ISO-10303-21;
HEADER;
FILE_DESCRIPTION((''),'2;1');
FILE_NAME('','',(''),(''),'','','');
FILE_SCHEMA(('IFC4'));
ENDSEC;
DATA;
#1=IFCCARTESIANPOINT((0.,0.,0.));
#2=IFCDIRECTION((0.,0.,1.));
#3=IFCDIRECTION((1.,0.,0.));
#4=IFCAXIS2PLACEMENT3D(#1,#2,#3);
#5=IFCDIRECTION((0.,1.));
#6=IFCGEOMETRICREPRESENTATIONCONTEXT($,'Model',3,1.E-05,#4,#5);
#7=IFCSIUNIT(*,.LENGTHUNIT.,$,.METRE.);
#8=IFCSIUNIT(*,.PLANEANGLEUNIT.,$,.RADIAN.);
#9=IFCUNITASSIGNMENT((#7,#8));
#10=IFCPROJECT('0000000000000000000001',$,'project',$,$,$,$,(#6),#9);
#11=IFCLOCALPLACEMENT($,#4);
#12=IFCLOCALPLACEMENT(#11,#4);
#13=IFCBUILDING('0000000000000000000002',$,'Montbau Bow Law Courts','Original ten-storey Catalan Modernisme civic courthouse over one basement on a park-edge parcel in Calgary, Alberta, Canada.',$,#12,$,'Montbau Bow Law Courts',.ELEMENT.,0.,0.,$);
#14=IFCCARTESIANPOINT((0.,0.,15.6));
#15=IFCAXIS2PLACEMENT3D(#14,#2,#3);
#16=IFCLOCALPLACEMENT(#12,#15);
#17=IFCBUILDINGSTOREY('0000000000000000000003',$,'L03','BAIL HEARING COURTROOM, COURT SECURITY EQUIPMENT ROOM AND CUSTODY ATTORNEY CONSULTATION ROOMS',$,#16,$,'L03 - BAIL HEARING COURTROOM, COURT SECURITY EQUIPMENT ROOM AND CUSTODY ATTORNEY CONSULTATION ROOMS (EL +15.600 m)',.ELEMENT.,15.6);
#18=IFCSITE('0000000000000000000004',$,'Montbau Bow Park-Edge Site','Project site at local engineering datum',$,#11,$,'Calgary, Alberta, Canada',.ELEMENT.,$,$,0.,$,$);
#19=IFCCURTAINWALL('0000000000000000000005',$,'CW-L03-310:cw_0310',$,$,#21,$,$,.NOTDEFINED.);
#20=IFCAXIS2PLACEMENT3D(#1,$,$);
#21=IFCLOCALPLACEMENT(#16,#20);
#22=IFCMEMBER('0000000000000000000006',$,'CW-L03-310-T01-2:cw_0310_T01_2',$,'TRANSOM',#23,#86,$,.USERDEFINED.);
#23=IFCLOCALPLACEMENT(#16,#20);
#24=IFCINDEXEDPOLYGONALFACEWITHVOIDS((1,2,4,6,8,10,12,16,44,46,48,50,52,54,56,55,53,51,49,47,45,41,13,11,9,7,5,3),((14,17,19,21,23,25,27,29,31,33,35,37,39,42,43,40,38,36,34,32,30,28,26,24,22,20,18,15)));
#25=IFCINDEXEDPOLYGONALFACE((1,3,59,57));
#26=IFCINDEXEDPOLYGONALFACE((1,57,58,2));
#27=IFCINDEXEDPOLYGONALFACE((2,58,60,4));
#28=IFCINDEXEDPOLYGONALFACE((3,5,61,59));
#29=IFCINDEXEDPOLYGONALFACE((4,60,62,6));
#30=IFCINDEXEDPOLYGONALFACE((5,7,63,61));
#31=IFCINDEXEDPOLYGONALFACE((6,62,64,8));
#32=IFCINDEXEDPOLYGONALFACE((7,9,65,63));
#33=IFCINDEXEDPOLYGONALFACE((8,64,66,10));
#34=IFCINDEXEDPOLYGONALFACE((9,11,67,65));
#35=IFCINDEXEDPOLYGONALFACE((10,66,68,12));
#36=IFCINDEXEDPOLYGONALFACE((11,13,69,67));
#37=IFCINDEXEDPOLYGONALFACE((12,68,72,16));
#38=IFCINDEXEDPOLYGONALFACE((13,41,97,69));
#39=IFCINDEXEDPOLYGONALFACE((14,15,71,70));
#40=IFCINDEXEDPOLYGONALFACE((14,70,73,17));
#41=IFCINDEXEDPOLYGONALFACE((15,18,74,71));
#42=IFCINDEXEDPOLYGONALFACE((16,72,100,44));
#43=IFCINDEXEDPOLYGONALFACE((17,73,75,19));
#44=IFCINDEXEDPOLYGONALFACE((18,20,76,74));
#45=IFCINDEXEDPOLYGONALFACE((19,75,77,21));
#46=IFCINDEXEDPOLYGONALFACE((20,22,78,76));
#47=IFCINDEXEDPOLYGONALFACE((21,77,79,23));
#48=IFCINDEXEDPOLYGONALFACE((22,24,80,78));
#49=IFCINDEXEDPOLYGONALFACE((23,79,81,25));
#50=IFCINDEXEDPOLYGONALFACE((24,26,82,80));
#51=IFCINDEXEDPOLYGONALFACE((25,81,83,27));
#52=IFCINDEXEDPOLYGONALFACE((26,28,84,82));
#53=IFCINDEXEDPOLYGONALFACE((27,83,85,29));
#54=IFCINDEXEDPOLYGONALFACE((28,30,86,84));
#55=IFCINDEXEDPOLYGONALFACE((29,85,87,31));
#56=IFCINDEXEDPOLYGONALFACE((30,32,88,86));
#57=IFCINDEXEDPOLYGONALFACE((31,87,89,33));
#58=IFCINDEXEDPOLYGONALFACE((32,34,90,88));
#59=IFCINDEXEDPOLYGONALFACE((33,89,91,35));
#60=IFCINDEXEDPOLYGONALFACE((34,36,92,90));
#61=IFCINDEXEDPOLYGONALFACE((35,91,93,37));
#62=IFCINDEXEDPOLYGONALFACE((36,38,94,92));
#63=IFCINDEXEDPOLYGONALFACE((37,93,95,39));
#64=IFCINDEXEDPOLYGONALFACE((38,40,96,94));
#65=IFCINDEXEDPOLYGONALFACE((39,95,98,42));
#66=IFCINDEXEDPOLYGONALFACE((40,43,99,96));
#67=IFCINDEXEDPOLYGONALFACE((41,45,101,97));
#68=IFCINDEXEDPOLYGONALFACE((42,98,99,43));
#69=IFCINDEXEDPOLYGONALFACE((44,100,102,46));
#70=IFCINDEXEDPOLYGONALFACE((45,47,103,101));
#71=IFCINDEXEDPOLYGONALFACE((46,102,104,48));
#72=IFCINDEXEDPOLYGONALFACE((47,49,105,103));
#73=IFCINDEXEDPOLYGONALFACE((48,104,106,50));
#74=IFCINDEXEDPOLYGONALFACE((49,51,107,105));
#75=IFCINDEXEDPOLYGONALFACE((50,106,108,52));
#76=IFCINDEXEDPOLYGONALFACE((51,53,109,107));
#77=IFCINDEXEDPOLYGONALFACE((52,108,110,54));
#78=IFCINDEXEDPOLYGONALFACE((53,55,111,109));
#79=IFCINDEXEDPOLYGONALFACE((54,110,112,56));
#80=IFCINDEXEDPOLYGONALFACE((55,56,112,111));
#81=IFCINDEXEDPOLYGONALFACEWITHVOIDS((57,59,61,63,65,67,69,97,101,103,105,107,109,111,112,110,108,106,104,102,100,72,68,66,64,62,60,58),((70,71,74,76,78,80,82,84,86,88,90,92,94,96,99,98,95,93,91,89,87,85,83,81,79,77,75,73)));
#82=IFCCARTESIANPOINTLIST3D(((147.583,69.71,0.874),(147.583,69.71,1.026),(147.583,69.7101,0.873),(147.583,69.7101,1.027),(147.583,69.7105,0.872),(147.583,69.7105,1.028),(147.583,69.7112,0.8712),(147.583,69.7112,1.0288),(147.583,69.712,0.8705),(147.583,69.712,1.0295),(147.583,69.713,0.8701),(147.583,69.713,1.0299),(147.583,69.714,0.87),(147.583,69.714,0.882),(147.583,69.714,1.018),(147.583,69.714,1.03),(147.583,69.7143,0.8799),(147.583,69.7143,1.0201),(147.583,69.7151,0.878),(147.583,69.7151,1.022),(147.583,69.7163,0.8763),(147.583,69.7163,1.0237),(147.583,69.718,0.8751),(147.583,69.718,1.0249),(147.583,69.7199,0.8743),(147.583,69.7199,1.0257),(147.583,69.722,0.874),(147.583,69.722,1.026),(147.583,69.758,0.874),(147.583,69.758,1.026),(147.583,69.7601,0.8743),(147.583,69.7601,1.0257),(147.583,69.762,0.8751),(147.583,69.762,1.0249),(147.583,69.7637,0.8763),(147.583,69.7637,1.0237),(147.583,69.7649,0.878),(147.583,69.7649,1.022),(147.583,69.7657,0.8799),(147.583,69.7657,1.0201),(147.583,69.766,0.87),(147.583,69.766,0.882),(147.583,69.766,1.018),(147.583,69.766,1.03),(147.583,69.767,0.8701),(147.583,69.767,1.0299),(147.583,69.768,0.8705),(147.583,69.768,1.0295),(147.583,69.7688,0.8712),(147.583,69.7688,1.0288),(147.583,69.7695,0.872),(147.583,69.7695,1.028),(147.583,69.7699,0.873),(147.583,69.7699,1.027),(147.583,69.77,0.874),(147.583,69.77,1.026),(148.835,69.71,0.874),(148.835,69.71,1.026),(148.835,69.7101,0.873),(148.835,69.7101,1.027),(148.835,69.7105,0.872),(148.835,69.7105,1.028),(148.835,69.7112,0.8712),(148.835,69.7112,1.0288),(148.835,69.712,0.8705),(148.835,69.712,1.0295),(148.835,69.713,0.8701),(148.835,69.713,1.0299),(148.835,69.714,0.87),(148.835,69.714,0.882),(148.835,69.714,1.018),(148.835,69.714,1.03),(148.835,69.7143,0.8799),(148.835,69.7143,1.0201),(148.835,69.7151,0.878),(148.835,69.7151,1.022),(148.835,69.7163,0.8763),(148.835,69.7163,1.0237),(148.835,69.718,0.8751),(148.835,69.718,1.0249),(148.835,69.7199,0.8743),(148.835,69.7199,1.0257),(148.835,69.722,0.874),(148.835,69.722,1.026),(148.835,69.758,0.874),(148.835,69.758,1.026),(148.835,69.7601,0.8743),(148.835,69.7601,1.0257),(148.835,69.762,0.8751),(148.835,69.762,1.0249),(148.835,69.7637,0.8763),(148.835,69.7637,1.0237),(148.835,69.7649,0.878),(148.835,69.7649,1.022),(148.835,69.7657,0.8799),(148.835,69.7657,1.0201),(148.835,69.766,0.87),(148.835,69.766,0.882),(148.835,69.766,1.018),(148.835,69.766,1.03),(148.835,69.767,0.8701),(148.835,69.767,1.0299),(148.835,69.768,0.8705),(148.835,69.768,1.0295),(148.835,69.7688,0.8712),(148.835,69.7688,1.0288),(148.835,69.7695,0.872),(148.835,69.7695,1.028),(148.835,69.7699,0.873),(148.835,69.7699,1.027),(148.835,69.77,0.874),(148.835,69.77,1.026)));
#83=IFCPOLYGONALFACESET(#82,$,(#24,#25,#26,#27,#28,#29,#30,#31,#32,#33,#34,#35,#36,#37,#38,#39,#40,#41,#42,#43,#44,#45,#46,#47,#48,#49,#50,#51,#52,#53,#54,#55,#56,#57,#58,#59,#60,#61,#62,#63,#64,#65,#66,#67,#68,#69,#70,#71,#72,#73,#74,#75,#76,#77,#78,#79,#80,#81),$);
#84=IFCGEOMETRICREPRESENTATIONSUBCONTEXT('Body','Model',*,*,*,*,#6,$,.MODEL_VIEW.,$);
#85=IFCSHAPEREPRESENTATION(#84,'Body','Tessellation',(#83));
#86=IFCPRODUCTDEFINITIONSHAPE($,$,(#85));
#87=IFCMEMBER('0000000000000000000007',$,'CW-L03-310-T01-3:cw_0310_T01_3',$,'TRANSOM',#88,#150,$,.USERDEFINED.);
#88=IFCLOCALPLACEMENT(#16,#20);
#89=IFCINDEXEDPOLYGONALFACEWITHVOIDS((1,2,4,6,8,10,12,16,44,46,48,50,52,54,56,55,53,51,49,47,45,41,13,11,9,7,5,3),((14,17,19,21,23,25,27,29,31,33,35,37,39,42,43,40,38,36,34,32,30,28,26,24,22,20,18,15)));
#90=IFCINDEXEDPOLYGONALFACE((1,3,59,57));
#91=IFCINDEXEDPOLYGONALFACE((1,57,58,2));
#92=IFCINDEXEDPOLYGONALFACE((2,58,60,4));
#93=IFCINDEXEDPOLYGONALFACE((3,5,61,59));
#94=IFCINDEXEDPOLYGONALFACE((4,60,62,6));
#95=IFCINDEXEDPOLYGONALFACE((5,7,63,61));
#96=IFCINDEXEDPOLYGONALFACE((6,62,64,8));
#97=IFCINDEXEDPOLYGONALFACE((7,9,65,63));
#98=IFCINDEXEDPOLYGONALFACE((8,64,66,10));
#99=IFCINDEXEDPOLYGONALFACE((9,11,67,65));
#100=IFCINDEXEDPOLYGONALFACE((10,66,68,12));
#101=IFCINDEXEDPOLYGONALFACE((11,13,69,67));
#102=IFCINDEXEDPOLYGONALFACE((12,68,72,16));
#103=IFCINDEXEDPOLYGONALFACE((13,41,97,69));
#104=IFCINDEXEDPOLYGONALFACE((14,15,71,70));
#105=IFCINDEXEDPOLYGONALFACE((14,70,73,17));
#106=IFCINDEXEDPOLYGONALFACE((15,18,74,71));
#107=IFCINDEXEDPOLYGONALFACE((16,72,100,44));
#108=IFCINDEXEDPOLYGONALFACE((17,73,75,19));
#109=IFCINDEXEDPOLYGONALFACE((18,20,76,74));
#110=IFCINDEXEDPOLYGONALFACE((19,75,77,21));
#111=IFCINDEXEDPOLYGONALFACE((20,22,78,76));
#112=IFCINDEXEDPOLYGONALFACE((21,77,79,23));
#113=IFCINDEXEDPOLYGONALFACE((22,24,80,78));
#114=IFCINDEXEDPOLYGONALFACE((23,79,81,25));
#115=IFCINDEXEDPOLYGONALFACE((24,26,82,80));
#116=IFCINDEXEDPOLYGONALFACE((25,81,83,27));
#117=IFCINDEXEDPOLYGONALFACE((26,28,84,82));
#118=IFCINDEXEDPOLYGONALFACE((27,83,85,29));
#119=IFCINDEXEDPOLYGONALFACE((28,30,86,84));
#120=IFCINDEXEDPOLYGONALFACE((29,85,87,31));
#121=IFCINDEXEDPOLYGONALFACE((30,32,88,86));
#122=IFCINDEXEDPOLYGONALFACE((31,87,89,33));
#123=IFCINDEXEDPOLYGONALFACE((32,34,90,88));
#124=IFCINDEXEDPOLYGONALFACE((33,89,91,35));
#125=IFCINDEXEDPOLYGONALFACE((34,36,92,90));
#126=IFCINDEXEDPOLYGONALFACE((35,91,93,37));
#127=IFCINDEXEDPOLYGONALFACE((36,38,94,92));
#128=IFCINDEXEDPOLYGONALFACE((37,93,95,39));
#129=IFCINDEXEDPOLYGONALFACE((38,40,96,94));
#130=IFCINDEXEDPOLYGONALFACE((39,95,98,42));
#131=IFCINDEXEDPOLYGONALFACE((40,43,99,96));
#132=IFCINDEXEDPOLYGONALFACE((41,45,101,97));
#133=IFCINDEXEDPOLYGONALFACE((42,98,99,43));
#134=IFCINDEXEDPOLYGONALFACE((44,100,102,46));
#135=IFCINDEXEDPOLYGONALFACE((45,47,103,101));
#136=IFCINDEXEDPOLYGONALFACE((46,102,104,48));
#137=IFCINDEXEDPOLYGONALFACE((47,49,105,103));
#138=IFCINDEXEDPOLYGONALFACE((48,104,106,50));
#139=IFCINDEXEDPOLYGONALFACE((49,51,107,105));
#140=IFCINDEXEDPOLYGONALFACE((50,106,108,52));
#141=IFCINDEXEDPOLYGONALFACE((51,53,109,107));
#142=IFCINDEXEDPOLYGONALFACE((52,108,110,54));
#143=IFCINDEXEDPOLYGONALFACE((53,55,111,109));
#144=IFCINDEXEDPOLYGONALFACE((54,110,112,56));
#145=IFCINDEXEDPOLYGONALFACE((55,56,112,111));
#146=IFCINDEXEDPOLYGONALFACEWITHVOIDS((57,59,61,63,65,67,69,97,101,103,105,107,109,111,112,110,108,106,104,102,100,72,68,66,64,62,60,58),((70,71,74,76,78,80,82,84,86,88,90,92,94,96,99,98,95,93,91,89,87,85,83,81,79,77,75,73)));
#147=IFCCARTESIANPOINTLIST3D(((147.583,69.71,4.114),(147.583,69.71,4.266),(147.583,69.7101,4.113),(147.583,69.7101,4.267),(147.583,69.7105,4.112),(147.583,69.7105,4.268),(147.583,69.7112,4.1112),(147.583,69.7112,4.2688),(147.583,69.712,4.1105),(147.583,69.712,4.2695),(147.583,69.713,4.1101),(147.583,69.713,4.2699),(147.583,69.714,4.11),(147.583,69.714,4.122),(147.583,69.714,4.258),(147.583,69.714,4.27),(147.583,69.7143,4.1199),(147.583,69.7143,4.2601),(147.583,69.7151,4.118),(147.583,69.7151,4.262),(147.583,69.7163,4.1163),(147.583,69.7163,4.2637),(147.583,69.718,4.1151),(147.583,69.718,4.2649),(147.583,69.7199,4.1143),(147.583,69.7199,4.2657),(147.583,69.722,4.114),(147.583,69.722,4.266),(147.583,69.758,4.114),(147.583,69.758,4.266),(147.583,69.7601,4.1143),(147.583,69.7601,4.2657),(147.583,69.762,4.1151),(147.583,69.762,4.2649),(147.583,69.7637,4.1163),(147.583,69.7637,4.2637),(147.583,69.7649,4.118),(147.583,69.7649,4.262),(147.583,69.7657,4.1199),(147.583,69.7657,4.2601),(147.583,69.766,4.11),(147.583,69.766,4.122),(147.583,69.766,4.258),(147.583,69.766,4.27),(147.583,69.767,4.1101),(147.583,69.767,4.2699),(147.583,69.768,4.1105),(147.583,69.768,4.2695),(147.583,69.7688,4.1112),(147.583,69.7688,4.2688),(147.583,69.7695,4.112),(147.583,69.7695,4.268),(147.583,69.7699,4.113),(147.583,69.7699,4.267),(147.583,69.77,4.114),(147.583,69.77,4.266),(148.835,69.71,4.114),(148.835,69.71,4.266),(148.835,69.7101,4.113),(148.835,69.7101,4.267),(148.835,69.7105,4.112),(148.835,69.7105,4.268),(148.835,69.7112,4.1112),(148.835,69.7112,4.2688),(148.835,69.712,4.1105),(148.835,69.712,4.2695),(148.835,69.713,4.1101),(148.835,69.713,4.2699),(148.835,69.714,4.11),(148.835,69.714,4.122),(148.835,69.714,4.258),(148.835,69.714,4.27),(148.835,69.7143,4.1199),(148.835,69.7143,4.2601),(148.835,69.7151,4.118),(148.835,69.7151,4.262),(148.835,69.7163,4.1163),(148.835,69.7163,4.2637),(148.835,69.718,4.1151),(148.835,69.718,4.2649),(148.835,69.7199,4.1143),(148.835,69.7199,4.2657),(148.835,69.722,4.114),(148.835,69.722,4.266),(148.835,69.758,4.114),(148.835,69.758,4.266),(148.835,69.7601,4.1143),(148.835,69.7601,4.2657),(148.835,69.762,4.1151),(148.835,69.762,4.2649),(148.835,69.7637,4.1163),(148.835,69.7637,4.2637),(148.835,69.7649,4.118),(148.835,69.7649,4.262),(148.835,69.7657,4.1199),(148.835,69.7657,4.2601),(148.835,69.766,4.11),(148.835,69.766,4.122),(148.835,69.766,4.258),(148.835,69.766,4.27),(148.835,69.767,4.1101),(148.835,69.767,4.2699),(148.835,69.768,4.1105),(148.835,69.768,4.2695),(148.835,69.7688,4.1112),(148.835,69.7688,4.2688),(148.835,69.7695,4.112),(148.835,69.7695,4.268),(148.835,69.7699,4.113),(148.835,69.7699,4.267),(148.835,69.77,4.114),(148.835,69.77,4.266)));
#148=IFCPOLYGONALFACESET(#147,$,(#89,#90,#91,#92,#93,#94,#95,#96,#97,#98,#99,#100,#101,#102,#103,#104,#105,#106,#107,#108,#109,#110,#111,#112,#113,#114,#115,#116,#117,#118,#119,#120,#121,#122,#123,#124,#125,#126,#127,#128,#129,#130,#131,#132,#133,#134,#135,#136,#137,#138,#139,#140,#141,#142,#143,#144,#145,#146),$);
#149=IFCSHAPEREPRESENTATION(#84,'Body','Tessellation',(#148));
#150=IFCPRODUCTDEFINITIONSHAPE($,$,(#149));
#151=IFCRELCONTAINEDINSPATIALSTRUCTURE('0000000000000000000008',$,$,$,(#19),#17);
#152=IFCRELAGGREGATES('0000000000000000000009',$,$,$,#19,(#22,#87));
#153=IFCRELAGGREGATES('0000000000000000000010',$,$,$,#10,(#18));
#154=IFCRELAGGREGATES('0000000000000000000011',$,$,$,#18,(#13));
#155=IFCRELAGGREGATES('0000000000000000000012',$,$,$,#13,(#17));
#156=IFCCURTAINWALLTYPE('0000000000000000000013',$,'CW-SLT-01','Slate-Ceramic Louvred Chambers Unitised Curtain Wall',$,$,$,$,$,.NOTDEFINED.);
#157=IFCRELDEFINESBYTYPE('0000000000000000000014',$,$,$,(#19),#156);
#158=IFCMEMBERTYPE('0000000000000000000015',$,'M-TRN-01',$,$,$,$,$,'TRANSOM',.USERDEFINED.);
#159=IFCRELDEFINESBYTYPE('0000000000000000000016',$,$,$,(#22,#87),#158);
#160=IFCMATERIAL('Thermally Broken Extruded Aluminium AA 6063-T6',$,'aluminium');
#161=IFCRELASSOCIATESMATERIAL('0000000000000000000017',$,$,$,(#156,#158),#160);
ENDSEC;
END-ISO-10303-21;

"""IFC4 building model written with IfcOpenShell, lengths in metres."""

from ifc_helpers import new_model, si_unit, direction, frame, origin_with_axes, origin_2d_with_axis, place, context, subcontext, project, spatial, hollow_rectangle, extrude, material, material_profile, profile_set, type_object, element, aggregate, save


model = new_model("IFC4")

# Units and contexts
model_context = context("Model", 3, precision=1e-05, world=origin_with_axes(), true_north=direction((0.0, 1.0)))
body_context = subcontext(model_context, "Body", "Model", "MODEL_VIEW")
ifc_project = project(units=[si_unit("LENGTHUNIT", "METRE"), si_unit("PLANEANGLEUNIT", "RADIAN")], contexts=[model_context])

# Site, building, storey
site_placement = place(None, origin_with_axes())
site = spatial("IfcSite", under=ifc_project, at=site_placement, Name="Montbau Bow Park-Edge Site", Description="Project site at local engineering datum", LongName="Calgary, Alberta, Canada", CompositionType="ELEMENT", RefElevation=0.0)
building_placement = place(site_placement, origin_with_axes())
building = spatial("IfcBuilding", under=site, at=building_placement, Name="Montbau Bow Law Courts", Description="Original ten-storey Catalan Modernisme civic courthouse over one basement on a park-edge parcel in Calgary, Alberta, Canada.", LongName="Montbau Bow Law Courts", CompositionType="ELEMENT", ElevationOfRefHeight=0.0, ElevationOfTerrain=0.0)
storey_placement = place(building_placement, frame((0.0, 0.0, 15.6), z_axis=(0.0, 0.0, 1.0), x_axis=(1.0, 0.0, 0.0)))
storey = spatial("IfcBuildingStorey", under=building, at=storey_placement, Name="L03", Description="BAIL HEARING COURTROOM, COURT SECURITY EQUIPMENT ROOM AND CUSTODY ATTORNEY CONSULTATION ROOMS", LongName="L03 - BAIL HEARING COURTROOM, COURT SECURITY EQUIPMENT ROOM AND CUSTODY ATTORNEY CONSULTATION ROOMS (EL +15.600 m)", CompositionType="ELEMENT", Elevation=15.6)

# Shared definitions
ifc_material_1 = material(Name="Thermally Broken Extruded Aluminium AA 6063-T6", Category="aluminium")
curtain_wall_type = type_object("IfcCurtainWallType", Name="CW-SLT-01", Description="Slate-Ceramic Louvred Chambers Unitised Curtain Wall", PredefinedType="NOTDEFINED", material=ifc_material_1)

# Curtain wall
curtain_wall_1_placement = place(None, frame((147.515, 69.74, 15.6), z_axis=(0.0, 0.0, 1.0), x_axis=(1.0, 0.0, 0.0)))
curtain_wall_1 = element("IfcCurtainWall", 1, at=curtain_wall_1_placement, inside=storey, type_object=curtain_wall_type, Name="CW-L03-310:cw_0310", PredefinedType="NOTDEFINED")

# Members
ifc_material_profile_1 = material_profile(ifc_material_1, hollow_rectangle(XDim=0.06, YDim=0.16, WallThickness=0.004, InnerFilletRadius=0.008, OuterFilletRadius=0.004, at=origin_2d_with_axis()), Name="CWT-160X60", Category="Main", Priority=0)
ifc_profile_set_1 = profile_set([ifc_material_profile_1], Name="Thermally Broken Extruded Aluminium AA 6063-T6")
member_type_1 = type_object("IfcMemberType", Name="M-TRN-01", ElementType="TRANSOM", PredefinedType="USERDEFINED", material=ifc_profile_set_1)
member_1_placement = place(None, frame((147.583, 69.74, 16.55), z_axis=(1.0, 0.0, 0.0), x_axis=(0.0, 1.0, 0.0)))
member_1 = element("IfcMember", 2, at=member_1_placement, type_object=member_type_1, Name="CW-L03-310-T01-2:cw_0310_T01_2", ObjectType="TRANSOM", PredefinedType="USERDEFINED", context=body_context, shape_type="SweptSolid", body=[
    extrude(hollow_rectangle(XDim=0.06, YDim=0.16, WallThickness=0.004, InnerFilletRadius=0.008, OuterFilletRadius=0.004, at=origin_2d_with_axis()), origin_with_axes(), (0.0, 0.0, 1.0), 1.252),
])
member_2_placement = place(None, frame((147.583, 69.74, 19.79), z_axis=(1.0, 0.0, 0.0), x_axis=(0.0, 1.0, 0.0)))
member_2 = element("IfcMember", 3, at=member_2_placement, type_object=member_type_1, Name="CW-L03-310-T01-3:cw_0310_T01_3", ObjectType="TRANSOM", PredefinedType="USERDEFINED", context=body_context, shape_type="SweptSolid", body=[
    extrude(hollow_rectangle(XDim=0.06, YDim=0.16, WallThickness=0.004, InnerFilletRadius=0.008, OuterFilletRadius=0.004, at=origin_2d_with_axis()), origin_with_axes(), (0.0, 0.0, 1.0), 1.252),
])

aggregate(curtain_wall_1, [member_1, member_2])

save(model, "model.ifc")
